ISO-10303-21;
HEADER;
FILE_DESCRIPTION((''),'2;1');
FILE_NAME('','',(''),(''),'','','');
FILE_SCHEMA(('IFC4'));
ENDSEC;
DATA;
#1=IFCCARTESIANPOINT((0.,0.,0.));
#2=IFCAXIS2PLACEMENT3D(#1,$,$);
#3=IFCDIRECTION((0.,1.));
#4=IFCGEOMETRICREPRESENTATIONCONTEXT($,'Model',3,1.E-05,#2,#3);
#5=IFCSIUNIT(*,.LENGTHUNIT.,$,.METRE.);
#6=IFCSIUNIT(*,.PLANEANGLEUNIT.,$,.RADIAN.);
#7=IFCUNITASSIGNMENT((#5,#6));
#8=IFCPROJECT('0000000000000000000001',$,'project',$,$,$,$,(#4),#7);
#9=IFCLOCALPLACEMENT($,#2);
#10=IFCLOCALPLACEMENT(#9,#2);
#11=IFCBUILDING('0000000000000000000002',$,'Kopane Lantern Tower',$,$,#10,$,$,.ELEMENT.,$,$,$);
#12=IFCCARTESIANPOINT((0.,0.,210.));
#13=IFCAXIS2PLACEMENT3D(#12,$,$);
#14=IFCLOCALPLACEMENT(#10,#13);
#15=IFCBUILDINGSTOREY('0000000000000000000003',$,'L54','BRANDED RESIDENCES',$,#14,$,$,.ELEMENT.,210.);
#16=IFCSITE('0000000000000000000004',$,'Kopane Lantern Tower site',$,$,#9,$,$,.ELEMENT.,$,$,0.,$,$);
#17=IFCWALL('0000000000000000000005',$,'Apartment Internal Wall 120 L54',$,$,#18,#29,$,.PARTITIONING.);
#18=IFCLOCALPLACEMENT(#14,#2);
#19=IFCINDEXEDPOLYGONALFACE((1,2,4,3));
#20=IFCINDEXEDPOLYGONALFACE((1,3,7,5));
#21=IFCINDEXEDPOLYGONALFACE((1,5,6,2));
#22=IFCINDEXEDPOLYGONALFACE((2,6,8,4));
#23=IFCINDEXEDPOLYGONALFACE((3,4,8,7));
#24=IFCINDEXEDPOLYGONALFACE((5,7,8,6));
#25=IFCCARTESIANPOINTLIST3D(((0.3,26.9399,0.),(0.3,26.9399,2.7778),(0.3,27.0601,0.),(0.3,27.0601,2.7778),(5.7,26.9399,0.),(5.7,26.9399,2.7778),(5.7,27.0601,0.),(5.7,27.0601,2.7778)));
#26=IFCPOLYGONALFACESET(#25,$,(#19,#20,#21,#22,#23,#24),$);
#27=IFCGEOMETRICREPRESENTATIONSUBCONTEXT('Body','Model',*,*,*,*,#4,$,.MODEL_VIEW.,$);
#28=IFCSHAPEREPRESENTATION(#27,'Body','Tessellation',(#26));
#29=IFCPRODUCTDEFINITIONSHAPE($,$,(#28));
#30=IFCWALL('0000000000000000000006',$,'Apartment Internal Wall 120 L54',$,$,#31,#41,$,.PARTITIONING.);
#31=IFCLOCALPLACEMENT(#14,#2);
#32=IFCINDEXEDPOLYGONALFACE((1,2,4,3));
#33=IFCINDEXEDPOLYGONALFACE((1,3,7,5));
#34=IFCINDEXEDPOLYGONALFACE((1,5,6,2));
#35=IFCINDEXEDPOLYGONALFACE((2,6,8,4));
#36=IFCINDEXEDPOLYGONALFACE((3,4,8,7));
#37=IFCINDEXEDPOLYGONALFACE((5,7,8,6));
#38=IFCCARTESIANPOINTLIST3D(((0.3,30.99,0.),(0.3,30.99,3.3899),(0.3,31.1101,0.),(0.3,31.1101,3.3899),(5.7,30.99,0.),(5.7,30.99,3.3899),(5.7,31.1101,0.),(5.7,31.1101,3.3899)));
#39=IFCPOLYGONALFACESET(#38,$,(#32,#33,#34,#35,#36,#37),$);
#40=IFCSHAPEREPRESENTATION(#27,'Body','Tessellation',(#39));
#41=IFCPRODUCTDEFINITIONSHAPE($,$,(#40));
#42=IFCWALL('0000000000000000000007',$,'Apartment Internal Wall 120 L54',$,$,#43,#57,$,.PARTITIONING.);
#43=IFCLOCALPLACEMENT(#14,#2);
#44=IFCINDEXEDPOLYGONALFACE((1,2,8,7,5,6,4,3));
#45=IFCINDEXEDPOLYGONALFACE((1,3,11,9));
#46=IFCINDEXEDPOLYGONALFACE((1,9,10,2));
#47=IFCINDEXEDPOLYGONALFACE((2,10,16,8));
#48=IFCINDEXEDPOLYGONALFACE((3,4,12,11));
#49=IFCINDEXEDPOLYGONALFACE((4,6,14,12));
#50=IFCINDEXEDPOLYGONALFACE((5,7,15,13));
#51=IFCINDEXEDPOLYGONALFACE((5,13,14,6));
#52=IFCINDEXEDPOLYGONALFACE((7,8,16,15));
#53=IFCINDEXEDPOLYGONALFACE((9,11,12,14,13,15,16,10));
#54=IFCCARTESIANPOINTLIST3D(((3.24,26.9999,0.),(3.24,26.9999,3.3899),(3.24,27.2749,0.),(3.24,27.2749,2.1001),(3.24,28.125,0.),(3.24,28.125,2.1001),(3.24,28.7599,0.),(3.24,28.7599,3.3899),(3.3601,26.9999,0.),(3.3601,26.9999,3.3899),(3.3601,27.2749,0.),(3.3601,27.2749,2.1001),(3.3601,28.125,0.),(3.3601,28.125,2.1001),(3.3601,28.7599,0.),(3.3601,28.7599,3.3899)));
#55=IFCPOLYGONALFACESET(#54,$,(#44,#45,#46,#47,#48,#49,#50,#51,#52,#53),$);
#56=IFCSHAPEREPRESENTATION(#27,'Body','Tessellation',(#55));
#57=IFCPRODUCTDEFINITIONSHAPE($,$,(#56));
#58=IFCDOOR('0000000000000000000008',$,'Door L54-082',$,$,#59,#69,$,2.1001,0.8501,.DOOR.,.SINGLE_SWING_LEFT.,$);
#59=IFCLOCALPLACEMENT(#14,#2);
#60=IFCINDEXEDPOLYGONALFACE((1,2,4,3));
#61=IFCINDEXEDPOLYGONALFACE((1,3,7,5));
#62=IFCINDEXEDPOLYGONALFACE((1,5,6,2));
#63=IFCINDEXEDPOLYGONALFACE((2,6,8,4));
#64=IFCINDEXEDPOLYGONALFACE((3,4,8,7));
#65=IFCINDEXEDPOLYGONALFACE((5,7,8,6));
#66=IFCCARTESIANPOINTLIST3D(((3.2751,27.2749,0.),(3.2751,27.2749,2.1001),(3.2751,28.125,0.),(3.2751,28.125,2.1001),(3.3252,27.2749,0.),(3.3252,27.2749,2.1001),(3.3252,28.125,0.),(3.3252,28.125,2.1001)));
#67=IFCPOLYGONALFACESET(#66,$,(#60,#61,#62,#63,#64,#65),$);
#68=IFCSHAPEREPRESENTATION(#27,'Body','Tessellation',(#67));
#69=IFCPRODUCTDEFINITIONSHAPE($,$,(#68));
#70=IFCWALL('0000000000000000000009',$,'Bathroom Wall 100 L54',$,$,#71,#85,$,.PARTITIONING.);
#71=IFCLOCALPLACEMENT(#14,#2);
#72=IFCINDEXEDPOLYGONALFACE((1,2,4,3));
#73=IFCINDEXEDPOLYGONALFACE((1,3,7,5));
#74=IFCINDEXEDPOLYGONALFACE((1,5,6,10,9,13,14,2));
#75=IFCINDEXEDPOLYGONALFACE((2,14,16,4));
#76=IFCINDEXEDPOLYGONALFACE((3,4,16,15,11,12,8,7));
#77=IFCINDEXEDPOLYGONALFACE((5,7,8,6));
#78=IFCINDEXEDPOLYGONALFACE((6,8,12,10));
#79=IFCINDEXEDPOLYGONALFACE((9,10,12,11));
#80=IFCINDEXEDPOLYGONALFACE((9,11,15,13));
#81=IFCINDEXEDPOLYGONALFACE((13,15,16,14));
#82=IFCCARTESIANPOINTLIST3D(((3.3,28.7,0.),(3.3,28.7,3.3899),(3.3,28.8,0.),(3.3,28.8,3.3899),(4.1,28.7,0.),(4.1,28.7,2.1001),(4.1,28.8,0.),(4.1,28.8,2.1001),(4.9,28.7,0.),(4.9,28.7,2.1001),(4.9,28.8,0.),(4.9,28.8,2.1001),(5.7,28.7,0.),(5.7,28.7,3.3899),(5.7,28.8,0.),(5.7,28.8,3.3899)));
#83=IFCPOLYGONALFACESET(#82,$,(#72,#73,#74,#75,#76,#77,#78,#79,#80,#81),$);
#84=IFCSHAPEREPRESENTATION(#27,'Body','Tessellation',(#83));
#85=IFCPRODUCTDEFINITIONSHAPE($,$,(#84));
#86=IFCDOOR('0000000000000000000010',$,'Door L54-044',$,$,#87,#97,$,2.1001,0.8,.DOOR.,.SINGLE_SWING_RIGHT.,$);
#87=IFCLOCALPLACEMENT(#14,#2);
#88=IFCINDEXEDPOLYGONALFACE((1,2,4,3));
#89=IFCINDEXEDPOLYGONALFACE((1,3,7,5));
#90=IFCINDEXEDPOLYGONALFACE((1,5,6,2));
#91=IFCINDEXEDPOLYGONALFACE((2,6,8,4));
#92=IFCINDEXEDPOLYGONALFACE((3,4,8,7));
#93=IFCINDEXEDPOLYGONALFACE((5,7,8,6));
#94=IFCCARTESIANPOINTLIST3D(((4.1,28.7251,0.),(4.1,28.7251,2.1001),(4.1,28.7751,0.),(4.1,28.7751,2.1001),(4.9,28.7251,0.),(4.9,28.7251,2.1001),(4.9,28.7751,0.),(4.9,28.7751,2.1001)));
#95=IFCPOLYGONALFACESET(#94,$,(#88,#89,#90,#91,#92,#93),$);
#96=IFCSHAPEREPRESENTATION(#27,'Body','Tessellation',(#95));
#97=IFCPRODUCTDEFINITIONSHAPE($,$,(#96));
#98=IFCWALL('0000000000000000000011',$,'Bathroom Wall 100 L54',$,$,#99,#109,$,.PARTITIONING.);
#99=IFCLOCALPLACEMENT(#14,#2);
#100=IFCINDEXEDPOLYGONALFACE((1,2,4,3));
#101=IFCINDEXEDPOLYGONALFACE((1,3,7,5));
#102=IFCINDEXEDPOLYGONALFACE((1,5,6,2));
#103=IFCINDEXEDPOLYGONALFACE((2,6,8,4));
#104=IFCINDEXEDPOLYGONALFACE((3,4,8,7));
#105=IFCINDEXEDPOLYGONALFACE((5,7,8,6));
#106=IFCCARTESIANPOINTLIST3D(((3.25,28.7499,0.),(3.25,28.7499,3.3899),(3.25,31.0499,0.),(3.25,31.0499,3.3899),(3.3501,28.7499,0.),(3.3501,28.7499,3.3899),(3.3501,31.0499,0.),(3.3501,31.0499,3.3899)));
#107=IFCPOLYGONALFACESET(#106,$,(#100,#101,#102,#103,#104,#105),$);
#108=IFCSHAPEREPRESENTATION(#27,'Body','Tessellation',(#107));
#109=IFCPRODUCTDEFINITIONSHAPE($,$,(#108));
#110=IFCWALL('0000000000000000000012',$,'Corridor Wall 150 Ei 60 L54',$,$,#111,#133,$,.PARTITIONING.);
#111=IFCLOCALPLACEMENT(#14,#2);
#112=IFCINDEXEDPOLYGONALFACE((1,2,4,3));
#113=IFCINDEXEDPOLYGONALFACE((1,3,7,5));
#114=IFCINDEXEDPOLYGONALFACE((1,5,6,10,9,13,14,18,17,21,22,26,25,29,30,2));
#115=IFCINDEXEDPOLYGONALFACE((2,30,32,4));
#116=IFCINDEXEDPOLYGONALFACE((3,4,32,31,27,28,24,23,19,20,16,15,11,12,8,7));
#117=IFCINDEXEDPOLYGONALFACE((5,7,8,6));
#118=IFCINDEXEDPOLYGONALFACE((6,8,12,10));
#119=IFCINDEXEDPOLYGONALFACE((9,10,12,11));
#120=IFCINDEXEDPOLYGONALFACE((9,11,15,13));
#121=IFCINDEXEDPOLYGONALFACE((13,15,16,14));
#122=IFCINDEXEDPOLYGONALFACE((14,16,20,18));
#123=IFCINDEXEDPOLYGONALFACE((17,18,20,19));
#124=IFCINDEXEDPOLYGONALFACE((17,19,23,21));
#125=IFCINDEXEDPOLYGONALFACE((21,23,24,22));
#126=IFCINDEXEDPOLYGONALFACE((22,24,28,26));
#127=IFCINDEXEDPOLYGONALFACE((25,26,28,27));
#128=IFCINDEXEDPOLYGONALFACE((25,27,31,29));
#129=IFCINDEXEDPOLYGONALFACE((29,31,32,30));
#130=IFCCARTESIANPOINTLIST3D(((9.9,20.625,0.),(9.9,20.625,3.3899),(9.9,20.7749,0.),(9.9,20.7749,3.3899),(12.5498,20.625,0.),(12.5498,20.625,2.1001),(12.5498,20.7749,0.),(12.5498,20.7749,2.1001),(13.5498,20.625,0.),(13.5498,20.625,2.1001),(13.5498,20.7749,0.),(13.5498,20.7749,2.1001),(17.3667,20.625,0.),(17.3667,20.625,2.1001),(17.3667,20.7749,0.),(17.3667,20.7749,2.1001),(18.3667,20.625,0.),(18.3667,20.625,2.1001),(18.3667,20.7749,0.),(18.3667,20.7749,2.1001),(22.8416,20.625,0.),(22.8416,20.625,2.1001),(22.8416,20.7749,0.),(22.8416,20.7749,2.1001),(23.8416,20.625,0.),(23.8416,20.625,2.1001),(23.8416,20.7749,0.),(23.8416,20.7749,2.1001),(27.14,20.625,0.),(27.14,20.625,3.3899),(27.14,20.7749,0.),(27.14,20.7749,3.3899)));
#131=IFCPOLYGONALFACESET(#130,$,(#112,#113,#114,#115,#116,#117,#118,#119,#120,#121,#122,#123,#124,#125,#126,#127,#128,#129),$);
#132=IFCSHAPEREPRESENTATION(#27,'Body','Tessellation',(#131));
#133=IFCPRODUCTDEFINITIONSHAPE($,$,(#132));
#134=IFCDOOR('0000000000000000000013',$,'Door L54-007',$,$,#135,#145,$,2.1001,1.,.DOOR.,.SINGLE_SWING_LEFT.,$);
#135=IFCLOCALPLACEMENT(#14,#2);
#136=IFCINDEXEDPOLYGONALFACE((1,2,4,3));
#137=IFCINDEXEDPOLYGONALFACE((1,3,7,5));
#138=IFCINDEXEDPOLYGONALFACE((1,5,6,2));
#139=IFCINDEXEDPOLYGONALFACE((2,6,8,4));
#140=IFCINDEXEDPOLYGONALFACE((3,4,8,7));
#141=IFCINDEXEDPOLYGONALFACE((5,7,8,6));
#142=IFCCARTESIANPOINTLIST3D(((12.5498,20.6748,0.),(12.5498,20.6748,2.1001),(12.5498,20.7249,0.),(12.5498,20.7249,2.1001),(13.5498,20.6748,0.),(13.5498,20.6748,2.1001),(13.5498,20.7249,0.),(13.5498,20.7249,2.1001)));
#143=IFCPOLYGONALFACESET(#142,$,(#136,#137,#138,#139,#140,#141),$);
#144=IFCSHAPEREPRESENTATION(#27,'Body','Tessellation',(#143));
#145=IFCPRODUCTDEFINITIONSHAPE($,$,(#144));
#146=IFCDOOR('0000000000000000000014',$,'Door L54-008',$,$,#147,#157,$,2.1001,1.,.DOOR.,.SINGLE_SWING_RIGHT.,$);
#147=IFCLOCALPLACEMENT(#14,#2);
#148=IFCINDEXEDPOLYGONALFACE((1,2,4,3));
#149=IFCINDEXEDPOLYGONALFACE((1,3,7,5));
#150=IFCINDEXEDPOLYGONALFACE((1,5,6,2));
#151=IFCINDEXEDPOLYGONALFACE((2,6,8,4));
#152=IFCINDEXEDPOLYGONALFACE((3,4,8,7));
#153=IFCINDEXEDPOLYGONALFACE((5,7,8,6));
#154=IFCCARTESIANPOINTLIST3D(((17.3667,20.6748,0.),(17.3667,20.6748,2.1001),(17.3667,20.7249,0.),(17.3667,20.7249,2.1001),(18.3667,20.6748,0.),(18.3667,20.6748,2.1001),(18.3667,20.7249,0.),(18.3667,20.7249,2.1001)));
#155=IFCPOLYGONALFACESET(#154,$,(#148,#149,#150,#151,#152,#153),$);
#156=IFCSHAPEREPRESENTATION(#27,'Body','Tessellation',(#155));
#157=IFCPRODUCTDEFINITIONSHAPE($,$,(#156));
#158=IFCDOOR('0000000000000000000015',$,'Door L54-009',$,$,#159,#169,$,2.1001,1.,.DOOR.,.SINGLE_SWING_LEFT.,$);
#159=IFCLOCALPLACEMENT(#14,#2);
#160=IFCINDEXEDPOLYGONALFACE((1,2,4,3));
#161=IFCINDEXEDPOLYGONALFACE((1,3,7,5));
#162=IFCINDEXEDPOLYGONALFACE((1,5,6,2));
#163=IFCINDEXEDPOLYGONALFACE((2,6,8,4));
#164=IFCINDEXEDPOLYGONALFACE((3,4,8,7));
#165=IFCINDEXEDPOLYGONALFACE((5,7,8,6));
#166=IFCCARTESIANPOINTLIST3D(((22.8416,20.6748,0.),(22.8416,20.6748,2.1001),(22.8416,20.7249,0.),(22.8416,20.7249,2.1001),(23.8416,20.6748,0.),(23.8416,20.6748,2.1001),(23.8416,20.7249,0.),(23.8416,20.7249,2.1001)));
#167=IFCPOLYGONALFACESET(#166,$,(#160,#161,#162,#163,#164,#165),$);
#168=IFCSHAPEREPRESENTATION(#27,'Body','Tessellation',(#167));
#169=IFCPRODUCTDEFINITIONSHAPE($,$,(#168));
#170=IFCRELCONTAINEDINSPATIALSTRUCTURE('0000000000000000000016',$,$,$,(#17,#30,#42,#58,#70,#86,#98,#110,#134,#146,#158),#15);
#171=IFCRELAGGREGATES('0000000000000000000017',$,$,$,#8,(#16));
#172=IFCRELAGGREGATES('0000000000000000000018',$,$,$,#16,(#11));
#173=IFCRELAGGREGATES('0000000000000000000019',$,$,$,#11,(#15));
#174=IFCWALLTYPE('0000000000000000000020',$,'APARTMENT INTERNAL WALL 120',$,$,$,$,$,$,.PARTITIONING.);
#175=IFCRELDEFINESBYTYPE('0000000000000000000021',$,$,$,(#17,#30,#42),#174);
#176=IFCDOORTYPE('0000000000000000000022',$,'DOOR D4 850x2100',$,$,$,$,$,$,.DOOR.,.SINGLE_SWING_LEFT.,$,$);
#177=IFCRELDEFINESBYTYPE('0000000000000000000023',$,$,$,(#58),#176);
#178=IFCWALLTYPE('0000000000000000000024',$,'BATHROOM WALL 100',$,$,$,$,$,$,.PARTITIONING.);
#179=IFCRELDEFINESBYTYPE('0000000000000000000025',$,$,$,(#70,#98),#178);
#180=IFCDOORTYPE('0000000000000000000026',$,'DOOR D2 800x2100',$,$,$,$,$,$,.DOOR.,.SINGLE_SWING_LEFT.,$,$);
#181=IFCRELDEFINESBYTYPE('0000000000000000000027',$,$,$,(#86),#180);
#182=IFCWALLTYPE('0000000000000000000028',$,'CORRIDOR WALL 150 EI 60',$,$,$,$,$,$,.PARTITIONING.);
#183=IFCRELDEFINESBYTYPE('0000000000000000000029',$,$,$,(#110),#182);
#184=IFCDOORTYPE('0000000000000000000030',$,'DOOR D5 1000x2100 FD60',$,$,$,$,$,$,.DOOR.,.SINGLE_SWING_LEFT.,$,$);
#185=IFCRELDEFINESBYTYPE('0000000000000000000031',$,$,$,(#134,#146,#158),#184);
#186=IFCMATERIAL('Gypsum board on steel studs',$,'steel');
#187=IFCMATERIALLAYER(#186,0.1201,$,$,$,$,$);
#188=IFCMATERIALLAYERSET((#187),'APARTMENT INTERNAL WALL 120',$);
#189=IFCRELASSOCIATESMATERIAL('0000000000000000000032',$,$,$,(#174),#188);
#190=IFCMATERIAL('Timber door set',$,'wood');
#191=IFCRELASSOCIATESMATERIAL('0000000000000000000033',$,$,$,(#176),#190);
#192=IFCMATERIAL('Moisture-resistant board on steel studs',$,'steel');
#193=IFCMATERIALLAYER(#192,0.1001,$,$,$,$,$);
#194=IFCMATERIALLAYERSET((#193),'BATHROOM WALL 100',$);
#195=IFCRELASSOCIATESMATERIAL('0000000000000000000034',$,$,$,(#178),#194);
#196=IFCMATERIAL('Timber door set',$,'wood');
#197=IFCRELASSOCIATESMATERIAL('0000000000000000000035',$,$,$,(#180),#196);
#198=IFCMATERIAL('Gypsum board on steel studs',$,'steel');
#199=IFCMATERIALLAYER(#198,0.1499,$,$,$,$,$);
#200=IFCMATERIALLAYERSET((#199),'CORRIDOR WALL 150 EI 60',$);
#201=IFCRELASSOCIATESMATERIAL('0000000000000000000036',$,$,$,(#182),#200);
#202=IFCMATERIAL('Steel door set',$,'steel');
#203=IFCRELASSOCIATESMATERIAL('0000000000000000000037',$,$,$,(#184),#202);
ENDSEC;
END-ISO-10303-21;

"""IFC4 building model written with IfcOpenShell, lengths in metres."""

from ifc_helpers import new_model, si_unit, direction, frame, frame_2d, origin, place, context, subcontext, project, spatial, rectangle, extrude, material, layer, layer_set, type_object, element, fill, save


model = new_model("IFC4")

# Units and contexts
model_context = context("Model", 3, precision=1e-05, world=origin(), true_north=direction((0.0, 1.0)))
body_context = subcontext(model_context, "Body", "Model", "MODEL_VIEW")
ifc_project = project(units=[si_unit("LENGTHUNIT", "METRE"), si_unit("PLANEANGLEUNIT", "RADIAN")], contexts=[model_context])

# Site, building, storey
site_placement = place(None, origin())
site = spatial("IfcSite", under=ifc_project, at=site_placement, Name="Kopane Lantern Tower site", CompositionType="ELEMENT", RefElevation=0.0)
building_placement = place(site_placement, origin())
building = spatial("IfcBuilding", under=site, at=building_placement, Name="Kopane Lantern Tower", CompositionType="ELEMENT")
storey_placement = place(building_placement, frame((0.0, 0.0, 210.0)))
storey = spatial("IfcBuildingStorey", under=building, at=storey_placement, Name="L54", Description="BRANDED RESIDENCES", CompositionType="ELEMENT", Elevation=210.0)

# Walls
ifc_material_1 = material(Name="Gypsum board on steel studs", Category="steel")
ifc_layer_1 = layer(ifc_material_1, 0.1201)
ifc_layer_set_1 = layer_set([ifc_layer_1], Name="APARTMENT INTERNAL WALL 120")
wall_type_1 = type_object("IfcWallType", Name="APARTMENT INTERNAL WALL 120", PredefinedType="PARTITIONING", material=ifc_layer_set_1)
wall_1_placement = place(storey_placement, frame((5.7, 27.0, 0.0), z_axis=(0.0, 0.0, 1.0), x_axis=(-1.0, 0.0, 0.0)))
element("IfcWall", 1, at=wall_1_placement, inside=storey, type_object=wall_type_1, Name="Apartment Internal Wall 120 L54", PredefinedType="PARTITIONING", context=body_context, shape_type="SweptSolid", body=[
    extrude(rectangle(XDim=5.3999, YDim=0.1201, at=frame_2d((2.7, 0.0))), origin(), (0.0, 0.0, 1.0), 2.7778),
])
wall_2_placement = place(storey_placement, frame((5.7, 31.05, 0.0), z_axis=(0.0, 0.0, 1.0), x_axis=(-1.0, 0.0, 0.0)))
element("IfcWall", 2, at=wall_2_placement, inside=storey, type_object=wall_type_1, Name="Apartment Internal Wall 120 L54", PredefinedType="PARTITIONING", context=body_context, shape_type="SweptSolid", body=[
    extrude(rectangle(XDim=5.3999, YDim=0.1201, at=frame_2d((2.7, 0.0))), origin(), (0.0, 0.0, 1.0), 3.3899),
])

# Walls, openings, doors
wall_3_placement = place(storey_placement, frame((3.3, 27.0, 0.0), z_axis=(0.0, 0.0, 1.0), x_axis=(0.0, 1.0, 0.0)))
wall_3 = element("IfcWall", 3, at=wall_3_placement, inside=storey, type_object=wall_type_1, Name="Apartment Internal Wall 120 L54", PredefinedType="PARTITIONING", context=body_context, shape_type="SweptSolid", body=[
    extrude(rectangle(XDim=1.76, YDim=0.1201, at=frame_2d((0.8799, 0.0))), origin(), (0.0, 0.0, 1.0), 3.3899),
])
opening_1_placement = place(wall_3_placement, frame((0.2749, 0.0, 0.0)))
opening_1 = element("IfcOpeningElement", 4, at=opening_1_placement, cuts=wall_3, PredefinedType="OPENING", context=body_context, shape_type="SweptSolid", body=[
    extrude(rectangle(XDim=0.8501, YDim=2.1001, at=frame_2d((0.425, 1.05))), frame((0.0, 0.0701, 0.0), z_axis=(0.0, -1.0, 0.0), x_axis=(1.0, 0.0, 0.0)), (0.0, 0.0, 1.0), 0.1401),
])
ifc_material_2 = material(Name="Timber door set", Category="wood")
door_type_1 = type_object("IfcDoorType", Name="DOOR D4 850x2100", OperationType="SINGLE_SWING_LEFT", PredefinedType="DOOR", material=ifc_material_2)
door_1_placement = place(opening_1_placement, origin())
door_1 = element("IfcDoor", 5, at=door_1_placement, inside=storey, type_object=door_type_1, Name="Door L54-082", OperationType="SINGLE_SWING_LEFT", OverallHeight=2.1001, OverallWidth=0.8501, PredefinedType="DOOR", context=body_context, shape_type="SweptSolid", body=[
    extrude(rectangle(XDim=0.8501, YDim=2.1001, at=frame_2d((0.425, 1.05))), frame((0.0, 0.0249, 0.0), z_axis=(0.0, -1.0, 0.0), x_axis=(1.0, 0.0, 0.0)), (0.0, 0.0, 1.0), 0.05),
])
fill(opening_1, door_1)
ifc_material_3 = material(Name="Moisture-resistant board on steel studs", Category="steel")
ifc_layer_2 = layer(ifc_material_3, 0.1001)
ifc_layer_set_2 = layer_set([ifc_layer_2], Name="BATHROOM WALL 100")
wall_type_2 = type_object("IfcWallType", Name="BATHROOM WALL 100", PredefinedType="PARTITIONING", material=ifc_layer_set_2)
wall_4_placement = place(storey_placement, frame((5.7, 28.75, 0.0), z_axis=(0.0, 0.0, 1.0), x_axis=(-1.0, 0.0, 0.0)))
wall_4 = element("IfcWall", 6, at=wall_4_placement, inside=storey, type_object=wall_type_2, Name="Bathroom Wall 100 L54", PredefinedType="PARTITIONING", context=body_context, shape_type="SweptSolid", body=[
    extrude(rectangle(XDim=2.3999, YDim=0.1001, at=frame_2d((1.2, 0.0))), origin(), (0.0, 0.0, 1.0), 3.3899),
])
opening_2_placement = place(wall_4_placement, frame((0.8, 0.0, 0.0)))
opening_2 = element("IfcOpeningElement", 7, at=opening_2_placement, cuts=wall_4, PredefinedType="OPENING", context=body_context, shape_type="SweptSolid", body=[
    extrude(rectangle(XDim=0.8, YDim=2.1001, at=frame_2d((0.3999, 1.05))), frame((0.0, 0.0601, 0.0), z_axis=(0.0, -1.0, 0.0), x_axis=(1.0, 0.0, 0.0)), (0.0, 0.0, 1.0), 0.1201),
])
ifc_material_4 = material(Name="Timber door set", Category="wood")
door_type_2 = type_object("IfcDoorType", Name="DOOR D2 800x2100", OperationType="SINGLE_SWING_LEFT", PredefinedType="DOOR", material=ifc_material_4)
door_2_placement = place(opening_2_placement, origin())
door_2 = element("IfcDoor", 8, at=door_2_placement, inside=storey, type_object=door_type_2, Name="Door L54-044", OperationType="SINGLE_SWING_RIGHT", OverallHeight=2.1001, OverallWidth=0.8, PredefinedType="DOOR", context=body_context, shape_type="SweptSolid", body=[
    extrude(rectangle(XDim=0.8, YDim=2.1001, at=frame_2d((0.3999, 1.05))), frame((0.0, 0.0249, 0.0), z_axis=(0.0, -1.0, 0.0), x_axis=(1.0, 0.0, 0.0)), (0.0, 0.0, 1.0), 0.05),
])
fill(opening_2, door_2)

# Wall
wall_5_placement = place(storey_placement, frame((3.3, 28.75, 0.0), z_axis=(0.0, 0.0, 1.0), x_axis=(0.0, 1.0, 0.0)))
element("IfcWall", 9, at=wall_5_placement, inside=storey, type_object=wall_type_2, Name="Bathroom Wall 100 L54", PredefinedType="PARTITIONING", context=body_context, shape_type="SweptSolid", body=[
    extrude(rectangle(XDim=2.3, YDim=0.1001, at=frame_2d((1.1499, 0.0))), origin(), (0.0, 0.0, 1.0), 3.3899),
])

# Wall, openings, doors
ifc_material_5 = material(Name="Gypsum board on steel studs", Category="steel")
ifc_layer_3 = layer(ifc_material_5, 0.1499)
ifc_layer_set_3 = layer_set([ifc_layer_3], Name="CORRIDOR WALL 150 EI 60")
wall_type_3 = type_object("IfcWallType", Name="CORRIDOR WALL 150 EI 60", PredefinedType="PARTITIONING", material=ifc_layer_set_3)
wall_6_placement = place(storey_placement, frame((9.8999, 20.7, 0.0), z_axis=(0.0, 0.0, 1.0), x_axis=(1.0, 0.0, 0.0)))
wall_6 = element("IfcWall", 10, at=wall_6_placement, inside=storey, type_object=wall_type_3, Name="Corridor Wall 150 Ei 60 L54", PredefinedType="PARTITIONING", context=body_context, shape_type="SweptSolid", body=[
    extrude(rectangle(XDim=17.24, YDim=0.1499, at=frame_2d((8.6201, 0.0))), origin(), (0.0, 0.0, 1.0), 3.3899),
])
opening_3_placement = place(wall_6_placement, frame((2.6499, 0.0, 0.0)))
opening_3 = element("IfcOpeningElement", 11, at=opening_3_placement, cuts=wall_6, PredefinedType="OPENING", context=body_context, shape_type="SweptSolid", body=[
    extrude(rectangle(XDim=1.0, YDim=2.1001, at=frame_2d((0.5, 1.05))), frame((0.0, 0.085, 0.0), z_axis=(0.0, -1.0, 0.0), x_axis=(1.0, 0.0, 0.0)), (0.0, 0.0, 1.0), 0.1699),
])
opening_4_placement = place(wall_6_placement, frame((7.4668, 0.0, 0.0)))
opening_4 = element("IfcOpeningElement", 12, at=opening_4_placement, cuts=wall_6, PredefinedType="OPENING", context=body_context, shape_type="SweptSolid", body=[
    extrude(rectangle(XDim=1.0, YDim=2.1001, at=frame_2d((0.5, 1.05))), frame((0.0, 0.085, 0.0), z_axis=(0.0, -1.0, 0.0), x_axis=(1.0, 0.0, 0.0)), (0.0, 0.0, 1.0), 0.1699),
])
opening_5_placement = place(wall_6_placement, frame((12.9417, 0.0, 0.0)))
opening_5 = element("IfcOpeningElement", 13, at=opening_5_placement, cuts=wall_6, PredefinedType="OPENING", context=body_context, shape_type="SweptSolid", body=[
    extrude(rectangle(XDim=1.0, YDim=2.1001, at=frame_2d((0.5, 1.05))), frame((0.0, 0.085, 0.0), z_axis=(0.0, -1.0, 0.0), x_axis=(1.0, 0.0, 0.0)), (0.0, 0.0, 1.0), 0.1699),
])
ifc_material_6 = material(Name="Steel door set", Category="steel")
door_type_3 = type_object("IfcDoorType", Name="DOOR D5 1000x2100 FD60", OperationType="SINGLE_SWING_LEFT", PredefinedType="DOOR", material=ifc_material_6)
door_3_placement = place(opening_3_placement, origin())
door_3 = element("IfcDoor", 14, at=door_3_placement, inside=storey, type_object=door_type_3, Name="Door L54-007", OperationType="SINGLE_SWING_LEFT", OverallHeight=2.1001, OverallWidth=1.0, PredefinedType="DOOR", context=body_context, shape_type="SweptSolid", body=[
    extrude(rectangle(XDim=1.0, YDim=2.1001, at=frame_2d((0.5, 1.05))), frame((0.0, 0.0249, 0.0), z_axis=(0.0, -1.0, 0.0), x_axis=(1.0, 0.0, 0.0)), (0.0, 0.0, 1.0), 0.05),
])
fill(opening_3, door_3)
door_4_placement = place(opening_4_placement, origin())
door_4 = element("IfcDoor", 15, at=door_4_placement, inside=storey, type_object=door_type_3, Name="Door L54-008", OperationType="SINGLE_SWING_RIGHT", OverallHeight=2.1001, OverallWidth=1.0, PredefinedType="DOOR", context=body_context, shape_type="SweptSolid", body=[
    extrude(rectangle(XDim=1.0, YDim=2.1001, at=frame_2d((0.5, 1.05))), frame((0.0, 0.0249, 0.0), z_axis=(0.0, -1.0, 0.0), x_axis=(1.0, 0.0, 0.0)), (0.0, 0.0, 1.0), 0.05),
])
fill(opening_4, door_4)
door_5_placement = place(opening_5_placement, origin())
door_5 = element("IfcDoor", 16, at=door_5_placement, inside=storey, type_object=door_type_3, Name="Door L54-009", OperationType="SINGLE_SWING_LEFT", OverallHeight=2.1001, OverallWidth=1.0, PredefinedType="DOOR", context=body_context, shape_type="SweptSolid", body=[
    extrude(rectangle(XDim=1.0, YDim=2.1001, at=frame_2d((0.5, 1.05))), frame((0.0, 0.0249, 0.0), z_axis=(0.0, -1.0, 0.0), x_axis=(1.0, 0.0, 0.0)), (0.0, 0.0, 1.0), 0.05),
])
fill(opening_5, door_5)

save(model, "model.ifc")
